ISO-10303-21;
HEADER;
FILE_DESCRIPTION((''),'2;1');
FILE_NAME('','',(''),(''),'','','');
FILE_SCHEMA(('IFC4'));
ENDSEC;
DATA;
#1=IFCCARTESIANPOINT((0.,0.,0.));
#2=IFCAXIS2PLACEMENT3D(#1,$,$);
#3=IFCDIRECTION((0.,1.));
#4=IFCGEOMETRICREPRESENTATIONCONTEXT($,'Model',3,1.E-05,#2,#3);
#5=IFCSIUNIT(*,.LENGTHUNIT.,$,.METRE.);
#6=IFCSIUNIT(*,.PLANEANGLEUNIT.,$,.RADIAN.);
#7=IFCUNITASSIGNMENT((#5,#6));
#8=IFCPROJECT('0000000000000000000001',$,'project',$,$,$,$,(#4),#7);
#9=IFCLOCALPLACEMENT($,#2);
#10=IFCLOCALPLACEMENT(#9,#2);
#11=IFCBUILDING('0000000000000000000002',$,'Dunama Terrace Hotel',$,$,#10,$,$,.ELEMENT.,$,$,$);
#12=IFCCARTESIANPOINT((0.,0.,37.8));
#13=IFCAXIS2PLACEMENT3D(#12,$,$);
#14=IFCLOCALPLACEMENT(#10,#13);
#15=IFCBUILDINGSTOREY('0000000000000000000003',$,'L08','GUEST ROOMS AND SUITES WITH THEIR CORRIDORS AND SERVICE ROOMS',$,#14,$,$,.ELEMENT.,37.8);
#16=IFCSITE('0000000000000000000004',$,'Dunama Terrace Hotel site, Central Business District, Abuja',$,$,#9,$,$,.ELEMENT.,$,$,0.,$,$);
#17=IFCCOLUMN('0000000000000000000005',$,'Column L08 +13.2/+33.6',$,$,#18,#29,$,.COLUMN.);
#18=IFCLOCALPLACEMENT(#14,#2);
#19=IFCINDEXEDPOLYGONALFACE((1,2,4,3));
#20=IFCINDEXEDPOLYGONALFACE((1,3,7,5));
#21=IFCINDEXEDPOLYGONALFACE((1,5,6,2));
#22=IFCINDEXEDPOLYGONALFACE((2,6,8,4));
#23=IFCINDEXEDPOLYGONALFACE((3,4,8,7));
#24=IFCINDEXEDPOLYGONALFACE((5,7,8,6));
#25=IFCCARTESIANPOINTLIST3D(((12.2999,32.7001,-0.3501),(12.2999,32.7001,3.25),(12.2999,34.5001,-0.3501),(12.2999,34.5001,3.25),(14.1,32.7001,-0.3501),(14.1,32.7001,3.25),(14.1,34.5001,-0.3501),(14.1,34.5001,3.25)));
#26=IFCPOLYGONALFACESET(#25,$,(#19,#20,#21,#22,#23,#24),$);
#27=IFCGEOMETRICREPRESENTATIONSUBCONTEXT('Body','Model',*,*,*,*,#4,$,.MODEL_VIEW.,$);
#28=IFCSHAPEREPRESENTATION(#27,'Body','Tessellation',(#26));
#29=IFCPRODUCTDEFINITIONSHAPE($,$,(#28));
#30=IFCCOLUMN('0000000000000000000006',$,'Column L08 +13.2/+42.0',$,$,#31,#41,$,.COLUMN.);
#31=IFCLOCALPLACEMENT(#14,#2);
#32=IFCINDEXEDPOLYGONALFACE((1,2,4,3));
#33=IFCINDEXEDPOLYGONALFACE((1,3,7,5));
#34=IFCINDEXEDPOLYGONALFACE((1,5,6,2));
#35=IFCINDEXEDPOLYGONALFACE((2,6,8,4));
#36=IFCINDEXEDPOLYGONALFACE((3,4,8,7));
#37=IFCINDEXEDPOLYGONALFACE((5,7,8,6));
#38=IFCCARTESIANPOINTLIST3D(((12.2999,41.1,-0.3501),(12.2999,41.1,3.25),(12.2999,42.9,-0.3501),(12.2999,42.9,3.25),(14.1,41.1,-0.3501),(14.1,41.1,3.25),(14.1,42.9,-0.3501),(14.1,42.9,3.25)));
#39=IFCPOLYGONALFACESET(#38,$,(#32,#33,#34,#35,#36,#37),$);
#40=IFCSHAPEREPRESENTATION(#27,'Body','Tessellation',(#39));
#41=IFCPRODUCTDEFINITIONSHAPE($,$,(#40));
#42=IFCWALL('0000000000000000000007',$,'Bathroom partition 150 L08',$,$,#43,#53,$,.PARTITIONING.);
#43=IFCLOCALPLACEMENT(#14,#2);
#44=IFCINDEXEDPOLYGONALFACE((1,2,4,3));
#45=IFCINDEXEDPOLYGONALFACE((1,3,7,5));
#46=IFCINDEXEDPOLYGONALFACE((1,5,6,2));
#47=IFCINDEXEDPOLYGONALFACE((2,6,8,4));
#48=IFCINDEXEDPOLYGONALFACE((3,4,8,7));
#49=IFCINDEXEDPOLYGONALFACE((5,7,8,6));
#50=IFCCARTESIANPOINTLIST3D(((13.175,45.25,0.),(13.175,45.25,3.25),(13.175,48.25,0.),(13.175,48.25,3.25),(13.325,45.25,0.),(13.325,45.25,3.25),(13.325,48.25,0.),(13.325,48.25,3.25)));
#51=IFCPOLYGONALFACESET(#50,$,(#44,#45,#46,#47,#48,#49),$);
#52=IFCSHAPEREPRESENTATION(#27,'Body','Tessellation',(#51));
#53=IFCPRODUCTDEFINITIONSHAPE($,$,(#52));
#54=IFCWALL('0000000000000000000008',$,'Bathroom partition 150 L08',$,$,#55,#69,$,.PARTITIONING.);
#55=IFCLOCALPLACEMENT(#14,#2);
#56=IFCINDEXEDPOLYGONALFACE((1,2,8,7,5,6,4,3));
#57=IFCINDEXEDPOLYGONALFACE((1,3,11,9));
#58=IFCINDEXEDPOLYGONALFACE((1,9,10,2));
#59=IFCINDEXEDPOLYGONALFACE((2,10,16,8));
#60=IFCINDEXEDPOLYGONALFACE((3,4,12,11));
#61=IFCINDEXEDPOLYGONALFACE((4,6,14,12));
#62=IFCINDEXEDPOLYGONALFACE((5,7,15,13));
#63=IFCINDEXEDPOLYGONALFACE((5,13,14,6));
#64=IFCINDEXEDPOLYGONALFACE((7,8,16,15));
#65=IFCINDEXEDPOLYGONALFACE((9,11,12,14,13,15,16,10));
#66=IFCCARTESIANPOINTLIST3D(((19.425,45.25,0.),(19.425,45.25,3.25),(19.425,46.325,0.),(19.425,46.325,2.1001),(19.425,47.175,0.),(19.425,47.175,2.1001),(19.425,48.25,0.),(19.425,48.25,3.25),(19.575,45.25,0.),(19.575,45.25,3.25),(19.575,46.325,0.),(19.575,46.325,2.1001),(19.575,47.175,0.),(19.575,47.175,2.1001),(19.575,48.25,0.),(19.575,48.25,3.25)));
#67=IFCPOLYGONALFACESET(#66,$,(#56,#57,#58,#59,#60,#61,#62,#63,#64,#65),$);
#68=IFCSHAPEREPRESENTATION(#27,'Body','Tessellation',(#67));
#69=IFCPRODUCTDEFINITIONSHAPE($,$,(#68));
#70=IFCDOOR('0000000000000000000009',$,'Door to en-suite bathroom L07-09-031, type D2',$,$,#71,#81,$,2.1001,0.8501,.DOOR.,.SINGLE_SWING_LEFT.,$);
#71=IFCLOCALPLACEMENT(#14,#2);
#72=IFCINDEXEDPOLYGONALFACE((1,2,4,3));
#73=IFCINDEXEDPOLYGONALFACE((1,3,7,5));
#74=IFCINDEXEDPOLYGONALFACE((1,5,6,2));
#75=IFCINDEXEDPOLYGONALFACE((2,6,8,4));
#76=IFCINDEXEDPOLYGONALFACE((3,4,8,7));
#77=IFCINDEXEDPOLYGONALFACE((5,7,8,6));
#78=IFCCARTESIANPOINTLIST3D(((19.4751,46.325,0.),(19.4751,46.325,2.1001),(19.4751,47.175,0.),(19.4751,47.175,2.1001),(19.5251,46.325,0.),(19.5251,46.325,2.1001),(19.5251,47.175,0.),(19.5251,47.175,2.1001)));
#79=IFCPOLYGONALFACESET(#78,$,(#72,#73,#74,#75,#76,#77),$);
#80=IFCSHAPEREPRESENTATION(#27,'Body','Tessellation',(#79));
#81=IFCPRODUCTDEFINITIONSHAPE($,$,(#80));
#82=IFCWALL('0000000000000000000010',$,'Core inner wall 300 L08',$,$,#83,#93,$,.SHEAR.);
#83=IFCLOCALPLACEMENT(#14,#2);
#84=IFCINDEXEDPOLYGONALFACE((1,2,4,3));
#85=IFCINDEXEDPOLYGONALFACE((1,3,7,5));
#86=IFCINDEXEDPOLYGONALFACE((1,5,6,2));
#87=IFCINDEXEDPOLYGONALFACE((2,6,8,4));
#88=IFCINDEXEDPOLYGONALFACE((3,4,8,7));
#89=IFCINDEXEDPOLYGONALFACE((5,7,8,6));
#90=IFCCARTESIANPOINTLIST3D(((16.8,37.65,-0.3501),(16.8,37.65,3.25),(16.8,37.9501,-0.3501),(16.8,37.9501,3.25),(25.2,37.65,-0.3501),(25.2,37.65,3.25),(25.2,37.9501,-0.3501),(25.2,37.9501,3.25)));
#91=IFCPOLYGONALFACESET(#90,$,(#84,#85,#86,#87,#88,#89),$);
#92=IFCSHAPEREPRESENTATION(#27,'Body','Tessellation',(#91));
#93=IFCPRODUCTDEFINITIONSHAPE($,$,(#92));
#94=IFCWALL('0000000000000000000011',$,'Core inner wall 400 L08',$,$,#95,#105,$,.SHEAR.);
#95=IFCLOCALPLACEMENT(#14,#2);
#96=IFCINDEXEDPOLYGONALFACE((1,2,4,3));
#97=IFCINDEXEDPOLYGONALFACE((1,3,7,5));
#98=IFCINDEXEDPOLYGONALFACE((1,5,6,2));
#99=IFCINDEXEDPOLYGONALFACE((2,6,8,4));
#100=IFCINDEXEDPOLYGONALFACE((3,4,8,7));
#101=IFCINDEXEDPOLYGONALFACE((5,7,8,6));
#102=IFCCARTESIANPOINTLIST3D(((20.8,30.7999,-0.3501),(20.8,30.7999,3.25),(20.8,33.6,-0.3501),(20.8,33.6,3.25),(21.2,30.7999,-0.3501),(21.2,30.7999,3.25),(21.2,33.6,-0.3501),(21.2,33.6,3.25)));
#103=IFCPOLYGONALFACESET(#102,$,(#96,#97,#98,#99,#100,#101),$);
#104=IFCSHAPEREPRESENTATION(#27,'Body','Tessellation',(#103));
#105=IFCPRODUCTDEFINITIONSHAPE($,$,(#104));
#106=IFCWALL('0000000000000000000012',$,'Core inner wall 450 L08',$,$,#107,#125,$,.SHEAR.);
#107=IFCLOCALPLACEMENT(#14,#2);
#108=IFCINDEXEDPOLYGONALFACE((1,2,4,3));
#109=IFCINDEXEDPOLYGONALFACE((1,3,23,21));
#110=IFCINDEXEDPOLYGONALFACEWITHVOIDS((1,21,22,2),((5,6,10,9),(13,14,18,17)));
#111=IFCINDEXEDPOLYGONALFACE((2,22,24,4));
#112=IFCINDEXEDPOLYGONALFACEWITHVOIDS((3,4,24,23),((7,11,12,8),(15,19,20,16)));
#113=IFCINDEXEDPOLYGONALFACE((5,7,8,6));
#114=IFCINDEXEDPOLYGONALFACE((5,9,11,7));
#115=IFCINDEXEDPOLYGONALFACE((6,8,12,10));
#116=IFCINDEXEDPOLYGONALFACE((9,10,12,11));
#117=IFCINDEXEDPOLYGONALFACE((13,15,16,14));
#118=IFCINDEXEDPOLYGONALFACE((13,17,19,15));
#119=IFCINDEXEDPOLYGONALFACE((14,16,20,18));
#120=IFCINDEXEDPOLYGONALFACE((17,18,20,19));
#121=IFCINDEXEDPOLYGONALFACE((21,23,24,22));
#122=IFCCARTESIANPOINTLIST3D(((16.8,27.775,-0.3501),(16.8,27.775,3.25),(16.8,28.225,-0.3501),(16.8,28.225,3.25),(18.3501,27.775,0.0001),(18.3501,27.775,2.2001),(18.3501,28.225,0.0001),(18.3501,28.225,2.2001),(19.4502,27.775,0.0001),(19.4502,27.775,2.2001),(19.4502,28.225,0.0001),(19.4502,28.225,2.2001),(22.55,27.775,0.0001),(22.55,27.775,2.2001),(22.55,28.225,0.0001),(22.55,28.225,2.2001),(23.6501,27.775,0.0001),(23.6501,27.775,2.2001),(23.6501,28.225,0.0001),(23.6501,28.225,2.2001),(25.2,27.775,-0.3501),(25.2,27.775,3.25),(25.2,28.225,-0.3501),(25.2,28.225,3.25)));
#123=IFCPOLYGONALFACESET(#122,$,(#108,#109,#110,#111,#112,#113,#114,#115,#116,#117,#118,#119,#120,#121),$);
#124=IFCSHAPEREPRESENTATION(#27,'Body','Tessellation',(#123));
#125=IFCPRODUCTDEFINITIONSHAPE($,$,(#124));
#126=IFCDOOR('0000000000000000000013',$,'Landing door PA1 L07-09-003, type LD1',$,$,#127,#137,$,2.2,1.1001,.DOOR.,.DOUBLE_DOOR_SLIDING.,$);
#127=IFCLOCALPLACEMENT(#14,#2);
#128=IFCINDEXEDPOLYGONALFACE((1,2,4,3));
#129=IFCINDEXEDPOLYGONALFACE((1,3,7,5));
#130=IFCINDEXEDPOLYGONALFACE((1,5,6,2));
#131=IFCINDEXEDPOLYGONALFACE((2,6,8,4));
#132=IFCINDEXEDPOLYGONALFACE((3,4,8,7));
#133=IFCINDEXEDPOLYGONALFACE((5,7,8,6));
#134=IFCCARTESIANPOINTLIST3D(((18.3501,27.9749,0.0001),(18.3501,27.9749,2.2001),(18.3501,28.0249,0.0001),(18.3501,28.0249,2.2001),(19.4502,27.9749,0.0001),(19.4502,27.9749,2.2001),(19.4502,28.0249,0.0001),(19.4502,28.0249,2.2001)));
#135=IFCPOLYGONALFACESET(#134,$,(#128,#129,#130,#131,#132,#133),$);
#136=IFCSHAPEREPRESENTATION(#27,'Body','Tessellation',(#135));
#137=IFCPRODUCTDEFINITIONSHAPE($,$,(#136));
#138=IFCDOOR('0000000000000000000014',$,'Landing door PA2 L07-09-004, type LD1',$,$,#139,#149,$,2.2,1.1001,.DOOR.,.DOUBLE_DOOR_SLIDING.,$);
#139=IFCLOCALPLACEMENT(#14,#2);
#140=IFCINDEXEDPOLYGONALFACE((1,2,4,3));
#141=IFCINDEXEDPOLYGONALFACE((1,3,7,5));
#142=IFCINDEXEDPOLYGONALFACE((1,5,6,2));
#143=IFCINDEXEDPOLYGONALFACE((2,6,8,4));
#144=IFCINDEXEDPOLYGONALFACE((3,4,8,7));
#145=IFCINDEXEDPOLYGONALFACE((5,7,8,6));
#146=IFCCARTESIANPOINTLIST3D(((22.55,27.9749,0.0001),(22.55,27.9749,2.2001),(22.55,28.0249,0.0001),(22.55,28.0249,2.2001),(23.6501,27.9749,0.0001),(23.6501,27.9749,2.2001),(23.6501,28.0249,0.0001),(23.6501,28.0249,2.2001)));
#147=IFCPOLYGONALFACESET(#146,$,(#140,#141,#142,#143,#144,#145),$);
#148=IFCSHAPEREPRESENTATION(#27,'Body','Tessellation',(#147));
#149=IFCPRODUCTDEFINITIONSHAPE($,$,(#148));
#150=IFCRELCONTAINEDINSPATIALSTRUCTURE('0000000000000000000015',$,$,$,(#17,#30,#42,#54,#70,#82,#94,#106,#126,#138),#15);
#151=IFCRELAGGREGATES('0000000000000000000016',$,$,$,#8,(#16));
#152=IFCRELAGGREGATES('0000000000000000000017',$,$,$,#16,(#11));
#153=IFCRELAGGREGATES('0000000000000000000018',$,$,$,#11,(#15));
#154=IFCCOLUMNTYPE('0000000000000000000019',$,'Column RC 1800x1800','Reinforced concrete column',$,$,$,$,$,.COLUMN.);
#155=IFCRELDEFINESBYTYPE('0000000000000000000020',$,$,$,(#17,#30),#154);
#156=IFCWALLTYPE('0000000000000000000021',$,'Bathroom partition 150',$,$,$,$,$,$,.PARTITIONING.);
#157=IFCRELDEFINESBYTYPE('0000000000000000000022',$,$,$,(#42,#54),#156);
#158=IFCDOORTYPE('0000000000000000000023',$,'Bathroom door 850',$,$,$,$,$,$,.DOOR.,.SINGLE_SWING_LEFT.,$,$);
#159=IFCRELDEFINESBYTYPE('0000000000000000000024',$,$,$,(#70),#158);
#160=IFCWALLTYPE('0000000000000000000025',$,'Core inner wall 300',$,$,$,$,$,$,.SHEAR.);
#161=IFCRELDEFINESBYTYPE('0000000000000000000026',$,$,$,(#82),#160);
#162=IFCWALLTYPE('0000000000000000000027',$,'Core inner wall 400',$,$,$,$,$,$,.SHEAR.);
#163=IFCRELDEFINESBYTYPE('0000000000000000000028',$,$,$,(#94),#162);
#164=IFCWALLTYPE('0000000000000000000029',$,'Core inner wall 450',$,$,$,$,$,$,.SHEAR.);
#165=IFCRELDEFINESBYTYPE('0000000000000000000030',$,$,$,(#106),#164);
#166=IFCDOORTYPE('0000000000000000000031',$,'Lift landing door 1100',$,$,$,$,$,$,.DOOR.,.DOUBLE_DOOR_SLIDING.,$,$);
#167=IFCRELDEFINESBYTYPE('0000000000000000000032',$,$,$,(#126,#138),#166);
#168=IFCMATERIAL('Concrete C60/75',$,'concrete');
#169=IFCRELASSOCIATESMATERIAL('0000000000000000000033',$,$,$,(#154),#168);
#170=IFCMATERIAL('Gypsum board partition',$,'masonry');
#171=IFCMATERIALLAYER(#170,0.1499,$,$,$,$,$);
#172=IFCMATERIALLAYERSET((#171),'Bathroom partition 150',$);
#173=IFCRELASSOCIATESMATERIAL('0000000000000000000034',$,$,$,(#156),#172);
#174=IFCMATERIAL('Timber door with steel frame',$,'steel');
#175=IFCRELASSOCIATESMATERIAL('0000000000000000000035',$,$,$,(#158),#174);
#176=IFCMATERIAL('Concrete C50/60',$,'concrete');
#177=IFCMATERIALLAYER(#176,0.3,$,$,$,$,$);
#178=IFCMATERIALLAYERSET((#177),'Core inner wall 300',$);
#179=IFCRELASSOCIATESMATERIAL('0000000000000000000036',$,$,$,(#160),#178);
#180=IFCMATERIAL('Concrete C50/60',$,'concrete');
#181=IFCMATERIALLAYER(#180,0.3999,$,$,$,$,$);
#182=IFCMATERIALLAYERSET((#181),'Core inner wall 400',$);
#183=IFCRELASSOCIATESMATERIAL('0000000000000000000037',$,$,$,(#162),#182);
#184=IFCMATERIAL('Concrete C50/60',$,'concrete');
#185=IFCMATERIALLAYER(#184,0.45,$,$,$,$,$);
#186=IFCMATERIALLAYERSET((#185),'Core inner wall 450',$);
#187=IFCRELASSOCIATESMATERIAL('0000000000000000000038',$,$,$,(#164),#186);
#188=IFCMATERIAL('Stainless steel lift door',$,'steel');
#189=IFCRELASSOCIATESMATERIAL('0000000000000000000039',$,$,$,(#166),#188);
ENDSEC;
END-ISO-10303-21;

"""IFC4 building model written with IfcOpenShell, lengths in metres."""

from ifc_helpers import new_model, si_unit, direction, frame, frame_2d, origin, origin_2d, place, context, subcontext, project, spatial, rectangle, extrude, material, layer, layer_set, material_profile, profile_set, type_object, element, fill, save


model = new_model("IFC4")

# Units and contexts
model_context = context("Model", 3, precision=1e-05, world=origin(), true_north=direction((0.0, 1.0)))
body_context = subcontext(model_context, "Body", "Model", "MODEL_VIEW")
ifc_project = project(units=[si_unit("LENGTHUNIT", "METRE"), si_unit("PLANEANGLEUNIT", "RADIAN")], contexts=[model_context])

# Site, building, storey
site_placement = place(None, origin())
site = spatial("IfcSite", under=ifc_project, at=site_placement, Name="Dunama Terrace Hotel site, Central Business District, Abuja", CompositionType="ELEMENT", RefElevation=0.0)
building_placement = place(site_placement, origin())
building = spatial("IfcBuilding", under=site, at=building_placement, Name="Dunama Terrace Hotel", CompositionType="ELEMENT")
storey_placement = place(building_placement, frame((0.0, 0.0, 37.8)))
storey = spatial("IfcBuildingStorey", under=building, at=storey_placement, Name="L08", Description="GUEST ROOMS AND SUITES WITH THEIR CORRIDORS AND SERVICE ROOMS", CompositionType="ELEMENT", Elevation=37.8)

# Columns
ifc_material_1 = material(Name="Concrete C60/75", Category="concrete")
ifc_material_profile = material_profile(ifc_material_1, rectangle(XDim=1.8, YDim=1.8, at=origin_2d()), Name="RC 1800x1800")
ifc_profile_set = profile_set([ifc_material_profile], Name="Concrete C60/75")
column_type = type_object("IfcColumnType", Name="Column RC 1800x1800", Description="Reinforced concrete column", PredefinedType="COLUMN", material=ifc_profile_set)
for number, where, z_axis, x_axis, name in (
    (1, (13.2, 33.6001, -0.3501), (0.0, 0.0, 1.0), (1.0, 0.0, 0.0), "Column L08 +13.2/+33.6"),
    (2, (13.2, 42.0, -0.3501), (0.0, 0.0, 1.0), (1.0, 0.0, 0.0), "Column L08 +13.2/+42.0"),
):
    element("IfcColumn", number, at=place(storey_placement, frame(where, z_axis=z_axis, x_axis=x_axis)), inside=storey, type_object=column_type, Name=name, PredefinedType="COLUMN", context=body_context, shape_type="SweptSolid", body=[
        extrude(rectangle(XDim=1.8, YDim=1.8, at=origin_2d()), origin(), (0.0, 0.0, 1.0), 3.6001),
    ])

# Wall
ifc_material_2 = material(Name="Gypsum board partition", Category="masonry")
ifc_layer_1 = layer(ifc_material_2, 0.1499)
ifc_layer_set_1 = layer_set([ifc_layer_1], Name="Bathroom partition 150")
wall_type_1 = type_object("IfcWallType", Name="Bathroom partition 150", PredefinedType="PARTITIONING", material=ifc_layer_set_1)
wall_1_placement = place(storey_placement, frame((13.25, 45.25, 0.0), z_axis=(0.0, 0.0, 1.0), x_axis=(0.0, 1.0, 0.0)))
element("IfcWall", 3, at=wall_1_placement, inside=storey, type_object=wall_type_1, Name="Bathroom partition 150 L08", PredefinedType="PARTITIONING", context=body_context, shape_type="SweptSolid", body=[
    extrude(rectangle(XDim=3.0, YDim=0.1499, at=frame_2d((1.5, 0.0))), origin(), (0.0, 0.0, 1.0), 3.25),
])

# Wall, opening, door
wall_2_placement = place(storey_placement, frame((19.5, 45.25, 0.0), z_axis=(0.0, 0.0, 1.0), x_axis=(0.0, 1.0, 0.0)))
wall_2 = element("IfcWall", 4, at=wall_2_placement, inside=storey, type_object=wall_type_1, Name="Bathroom partition 150 L08", PredefinedType="PARTITIONING", context=body_context, shape_type="SweptSolid", body=[
    extrude(rectangle(XDim=3.0, YDim=0.1499, at=frame_2d((1.5, 0.0))), origin(), (0.0, 0.0, 1.0), 3.25),
])
opening_1_placement = place(wall_2_placement, frame((1.075, 0.0, 0.0)))
opening_1 = element("IfcOpeningElement", 5, at=opening_1_placement, cuts=wall_2, PredefinedType="OPENING", context=body_context, shape_type="SweptSolid", body=[
    extrude(rectangle(XDim=0.8501, YDim=2.1001, at=frame_2d((0.425, 1.05))), frame((0.0, 0.085, 0.0), z_axis=(0.0, -1.0, 0.0), x_axis=(1.0, 0.0, 0.0)), (0.0, 0.0, 1.0), 0.1699),
])
ifc_material_3 = material(Name="Timber door with steel frame", Category="steel")
door_type_1 = type_object("IfcDoorType", Name="Bathroom door 850", OperationType="SINGLE_SWING_LEFT", PredefinedType="DOOR", material=ifc_material_3)
door_1_placement = place(opening_1_placement, origin())
door_1 = element("IfcDoor", 6, at=door_1_placement, inside=storey, type_object=door_type_1, Name="Door to en-suite bathroom L07-09-031, type D2", OperationType="SINGLE_SWING_LEFT", OverallHeight=2.1001, OverallWidth=0.8501, PredefinedType="DOOR", context=body_context, shape_type="SweptSolid", body=[
    extrude(rectangle(XDim=0.8501, YDim=2.1001, at=frame_2d((0.425, 1.05))), frame((0.0, 0.0249, 0.0), z_axis=(0.0, -1.0, 0.0), x_axis=(1.0, 0.0, 0.0)), (0.0, 0.0, 1.0), 0.05),
])
fill(opening_1, door_1)

# Walls
ifc_material_4 = material(Name="Concrete C50/60", Category="concrete")
ifc_layer_2 = layer(ifc_material_4, 0.3)
ifc_layer_set_2 = layer_set([ifc_layer_2], Name="Core inner wall 300")
wall_type_2 = type_object("IfcWallType", Name="Core inner wall 300", PredefinedType="SHEAR", material=ifc_layer_set_2)
wall_3_placement = place(storey_placement, frame((16.8, 37.8, -0.3501), z_axis=(0.0, 0.0, 1.0), x_axis=(1.0, 0.0, 0.0)))
element("IfcWall", 7, at=wall_3_placement, inside=storey, type_object=wall_type_2, Name="Core inner wall 300 L08", PredefinedType="SHEAR", context=body_context, shape_type="SweptSolid", body=[
    extrude(rectangle(XDim=8.3999, YDim=0.3, at=frame_2d((4.2, 0.0))), origin(), (0.0, 0.0, 1.0), 3.6001),
])
ifc_material_5 = material(Name="Concrete C50/60", Category="concrete")
ifc_layer_3 = layer(ifc_material_5, 0.3999)
ifc_layer_set_3 = layer_set([ifc_layer_3], Name="Core inner wall 400")
wall_type_3 = type_object("IfcWallType", Name="Core inner wall 400", PredefinedType="SHEAR", material=ifc_layer_set_3)
wall_4_placement = place(storey_placement, frame((21.0, 30.8, -0.3501), z_axis=(0.0, 0.0, 1.0), x_axis=(0.0, 1.0, 0.0)))
element("IfcWall", 8, at=wall_4_placement, inside=storey, type_object=wall_type_3, Name="Core inner wall 400 L08", PredefinedType="SHEAR", context=body_context, shape_type="SweptSolid", body=[
    extrude(rectangle(XDim=2.8, YDim=0.3999, at=frame_2d((1.3999, 0.0))), origin(), (0.0, 0.0, 1.0), 3.6001),
])

# Wall, openings, doors
ifc_material_6 = material(Name="Concrete C50/60", Category="concrete")
ifc_layer_4 = layer(ifc_material_6, 0.45)
ifc_layer_set_4 = layer_set([ifc_layer_4], Name="Core inner wall 450")
wall_type_4 = type_object("IfcWallType", Name="Core inner wall 450", PredefinedType="SHEAR", material=ifc_layer_set_4)
wall_5_placement = place(storey_placement, frame((16.8, 28.0, -0.3501), z_axis=(0.0, 0.0, 1.0), x_axis=(1.0, 0.0, 0.0)))
wall_5 = element("IfcWall", 9, at=wall_5_placement, inside=storey, type_object=wall_type_4, Name="Core inner wall 450 L08", PredefinedType="SHEAR", context=body_context, shape_type="SweptSolid", body=[
    extrude(rectangle(XDim=8.3999, YDim=0.45, at=frame_2d((4.2, 0.0))), origin(), (0.0, 0.0, 1.0), 3.6001),
])
opening_2_placement = place(wall_5_placement, frame((1.55, 0.0, 0.3501)))
opening_2 = element("IfcOpeningElement", 10, at=opening_2_placement, cuts=wall_5, PredefinedType="OPENING", context=body_context, shape_type="SweptSolid", body=[
    extrude(rectangle(XDim=1.1001, YDim=2.2, at=frame_2d((0.55, 1.1001))), frame((0.0, 0.2349, 0.0), z_axis=(0.0, -1.0, 0.0), x_axis=(1.0, 0.0, 0.0)), (0.0, 0.0, 1.0), 0.47),
])
opening_3_placement = place(wall_5_placement, frame((5.75, 0.0, 0.3501)))
opening_3 = element("IfcOpeningElement", 11, at=opening_3_placement, cuts=wall_5, PredefinedType="OPENING", context=body_context, shape_type="SweptSolid", body=[
    extrude(rectangle(XDim=1.1001, YDim=2.2, at=frame_2d((0.55, 1.1001))), frame((0.0, 0.2349, 0.0), z_axis=(0.0, -1.0, 0.0), x_axis=(1.0, 0.0, 0.0)), (0.0, 0.0, 1.0), 0.47),
])
ifc_material_7 = material(Name="Stainless steel lift door", Category="steel")
door_type_2 = type_object("IfcDoorType", Name="Lift landing door 1100", OperationType="DOUBLE_DOOR_SLIDING", PredefinedType="DOOR", material=ifc_material_7)
door_2_placement = place(opening_2_placement, origin())
door_2 = element("IfcDoor", 12, at=door_2_placement, inside=storey, type_object=door_type_2, Name="Landing door PA1 L07-09-003, type LD1", OperationType="DOUBLE_DOOR_SLIDING", OverallHeight=2.2, OverallWidth=1.1001, PredefinedType="DOOR", context=body_context, shape_type="SweptSolid", body=[
    extrude(rectangle(XDim=1.1001, YDim=2.2, at=frame_2d((0.55, 1.1001))), frame((0.0, 0.0249, 0.0), z_axis=(0.0, -1.0, 0.0), x_axis=(1.0, 0.0, 0.0)), (0.0, 0.0, 1.0), 0.05),
])
fill(opening_2, door_2)
door_3_placement = place(opening_3_placement, origin())
door_3 = element("IfcDoor", 13, at=door_3_placement, inside=storey, type_object=door_type_2, Name="Landing door PA2 L07-09-004, type LD1", OperationType="DOUBLE_DOOR_SLIDING", OverallHeight=2.2, OverallWidth=1.1001, PredefinedType="DOOR", context=body_context, shape_type="SweptSolid", body=[
    extrude(rectangle(XDim=1.1001, YDim=2.2, at=frame_2d((0.55, 1.1001))), frame((0.0, 0.0249, 0.0), z_axis=(0.0, -1.0, 0.0), x_axis=(1.0, 0.0, 0.0)), (0.0, 0.0, 1.0), 0.05),
])
fill(opening_3, door_3)

save(model, "model.ifc")
